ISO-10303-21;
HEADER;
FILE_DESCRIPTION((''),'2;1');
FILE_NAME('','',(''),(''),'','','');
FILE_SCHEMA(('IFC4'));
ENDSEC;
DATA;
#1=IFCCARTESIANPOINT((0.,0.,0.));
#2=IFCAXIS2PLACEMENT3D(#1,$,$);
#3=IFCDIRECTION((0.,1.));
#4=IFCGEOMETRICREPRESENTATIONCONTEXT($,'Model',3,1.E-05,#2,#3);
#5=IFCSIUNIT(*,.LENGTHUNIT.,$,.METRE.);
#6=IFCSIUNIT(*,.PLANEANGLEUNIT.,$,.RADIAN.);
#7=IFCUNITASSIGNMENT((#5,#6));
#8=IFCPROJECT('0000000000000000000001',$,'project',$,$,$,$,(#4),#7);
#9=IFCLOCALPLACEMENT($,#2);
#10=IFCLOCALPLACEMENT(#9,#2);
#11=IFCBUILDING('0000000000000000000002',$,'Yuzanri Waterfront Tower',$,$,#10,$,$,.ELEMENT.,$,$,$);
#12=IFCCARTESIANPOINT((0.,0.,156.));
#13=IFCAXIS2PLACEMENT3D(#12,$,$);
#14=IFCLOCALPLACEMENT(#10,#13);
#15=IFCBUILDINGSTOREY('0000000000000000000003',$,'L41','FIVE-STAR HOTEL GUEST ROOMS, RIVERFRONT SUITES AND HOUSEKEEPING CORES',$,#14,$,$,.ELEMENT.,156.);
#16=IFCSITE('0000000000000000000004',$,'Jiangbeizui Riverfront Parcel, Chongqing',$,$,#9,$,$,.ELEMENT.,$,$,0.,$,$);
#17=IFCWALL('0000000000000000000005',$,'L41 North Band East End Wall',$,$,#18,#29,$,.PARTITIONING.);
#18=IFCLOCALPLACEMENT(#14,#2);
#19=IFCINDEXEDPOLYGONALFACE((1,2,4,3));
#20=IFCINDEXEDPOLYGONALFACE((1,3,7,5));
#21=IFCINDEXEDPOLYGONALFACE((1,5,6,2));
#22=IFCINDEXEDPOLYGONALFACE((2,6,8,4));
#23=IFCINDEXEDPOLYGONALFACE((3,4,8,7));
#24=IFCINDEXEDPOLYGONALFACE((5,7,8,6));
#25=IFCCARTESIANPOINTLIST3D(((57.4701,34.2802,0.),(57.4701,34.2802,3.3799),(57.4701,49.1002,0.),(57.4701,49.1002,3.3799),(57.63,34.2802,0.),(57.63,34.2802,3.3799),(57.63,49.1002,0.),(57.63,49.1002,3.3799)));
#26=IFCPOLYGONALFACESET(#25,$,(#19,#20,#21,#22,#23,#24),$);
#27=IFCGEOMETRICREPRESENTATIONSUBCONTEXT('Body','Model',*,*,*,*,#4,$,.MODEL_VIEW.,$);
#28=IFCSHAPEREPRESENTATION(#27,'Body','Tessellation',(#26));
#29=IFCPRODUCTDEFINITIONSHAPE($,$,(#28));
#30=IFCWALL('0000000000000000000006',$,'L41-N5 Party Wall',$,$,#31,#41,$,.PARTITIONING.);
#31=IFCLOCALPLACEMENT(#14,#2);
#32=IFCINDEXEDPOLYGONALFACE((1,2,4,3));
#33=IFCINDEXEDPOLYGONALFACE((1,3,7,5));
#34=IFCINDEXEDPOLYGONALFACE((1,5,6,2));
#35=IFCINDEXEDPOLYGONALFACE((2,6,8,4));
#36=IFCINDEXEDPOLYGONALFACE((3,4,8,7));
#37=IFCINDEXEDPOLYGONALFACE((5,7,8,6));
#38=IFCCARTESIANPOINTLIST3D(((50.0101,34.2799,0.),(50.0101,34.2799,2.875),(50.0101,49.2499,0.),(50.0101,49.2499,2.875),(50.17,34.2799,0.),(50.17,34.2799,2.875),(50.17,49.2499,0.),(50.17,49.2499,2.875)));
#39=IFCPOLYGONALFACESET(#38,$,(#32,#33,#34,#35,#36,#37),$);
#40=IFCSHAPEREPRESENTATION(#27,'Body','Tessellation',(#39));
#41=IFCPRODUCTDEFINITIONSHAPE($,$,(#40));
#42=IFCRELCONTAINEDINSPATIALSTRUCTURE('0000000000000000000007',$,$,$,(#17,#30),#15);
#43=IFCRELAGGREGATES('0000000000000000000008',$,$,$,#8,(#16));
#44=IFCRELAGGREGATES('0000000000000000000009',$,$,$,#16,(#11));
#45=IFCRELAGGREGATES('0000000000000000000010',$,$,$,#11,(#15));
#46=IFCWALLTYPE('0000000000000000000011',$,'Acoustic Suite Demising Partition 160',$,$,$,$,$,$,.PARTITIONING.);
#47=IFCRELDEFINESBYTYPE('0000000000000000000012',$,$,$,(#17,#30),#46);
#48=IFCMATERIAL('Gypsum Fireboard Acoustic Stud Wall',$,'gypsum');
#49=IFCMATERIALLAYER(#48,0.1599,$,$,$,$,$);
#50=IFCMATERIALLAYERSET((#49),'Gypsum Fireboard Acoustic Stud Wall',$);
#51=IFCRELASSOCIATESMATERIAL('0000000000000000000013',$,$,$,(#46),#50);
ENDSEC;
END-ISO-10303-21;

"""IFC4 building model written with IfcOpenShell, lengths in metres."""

from ifc_helpers import new_model, si_unit, direction, frame, frame_2d, origin, place, context, subcontext, project, spatial, rectangle, extrude, source, transform, mapped, material, layer, layer_set, type_object, element, save


model = new_model("IFC4")

# Units and contexts
model_context = context("Model", 3, precision=1e-05, world=origin(), true_north=direction((0.0, 1.0)))
body_context = subcontext(model_context, "Body", "Model", "MODEL_VIEW")
ifc_project = project(units=[si_unit("LENGTHUNIT", "METRE"), si_unit("PLANEANGLEUNIT", "RADIAN")], contexts=[model_context])

# Site, building, storey
site_placement = place(None, origin())
site = spatial("IfcSite", under=ifc_project, at=site_placement, Name="Jiangbeizui Riverfront Parcel, Chongqing", CompositionType="ELEMENT", RefElevation=0.0)
building_placement = place(site_placement, origin())
building = spatial("IfcBuilding", under=site, at=building_placement, Name="Yuzanri Waterfront Tower", CompositionType="ELEMENT")
storey_placement = place(building_placement, frame((0.0, 0.0, 156.0)))
storey = spatial("IfcBuildingStorey", under=building, at=storey_placement, Name="L41", Description="FIVE-STAR HOTEL GUEST ROOMS, RIVERFRONT SUITES AND HOUSEKEEPING CORES", CompositionType="ELEMENT", Elevation=156.0)

# Walls
ifc_material_1 = material(Name="Gypsum Fireboard Acoustic Stud Wall", Category="gypsum")
ifc_layer_1 = layer(ifc_material_1, 0.1599)
ifc_layer_set_1 = layer_set([ifc_layer_1], Name="Gypsum Fireboard Acoustic Stud Wall")
wall_type_1 = type_object("IfcWallType", Name="Acoustic Suite Demising Partition 160", PredefinedType="PARTITIONING", material=ifc_layer_set_1)
shared_shape_1 = source(origin(), body_context, "Body", "SweptSolid", [
    extrude(rectangle(XDim=14.8201, YDim=0.1599, at=frame_2d((7.4102, 0.0))), origin(), (0.0, 0.0, 1.0), 3.3799),
])
wall_1_placement = place(storey_placement, frame((57.55, 34.28, 0.0), z_axis=(0.0, 0.0, 1.0), x_axis=(0.0, 1.0, 0.0)))
element("IfcWall", 1, at=wall_1_placement, inside=storey, type_object=wall_type_1, Name="L41 North Band East End Wall", PredefinedType="PARTITIONING", context=body_context, shape_type="MappedRepresentation", body=[
    mapped(shared_shape_1, transform((0.0, 0.0, 0.0), scale=1.0)),
])
shared_shape_2 = source(origin(), body_context, "Body", "SweptSolid", [
    extrude(rectangle(XDim=14.97, YDim=0.1599, at=frame_2d((7.4849, 0.0))), origin(), (0.0, 0.0, 1.0), 2.875),
])
wall_2_placement = place(storey_placement, frame((50.0901, 34.28, 0.0), z_axis=(0.0, 0.0, 1.0), x_axis=(0.0, 1.0, 0.0)))
element("IfcWall", 2, at=wall_2_placement, inside=storey, type_object=wall_type_1, Name="L41-N5 Party Wall", PredefinedType="PARTITIONING", context=body_context, shape_type="MappedRepresentation", body=[
    mapped(shared_shape_2, transform((0.0, 0.0, 0.0), scale=1.0)),
])

save(model, "model.ifc")
